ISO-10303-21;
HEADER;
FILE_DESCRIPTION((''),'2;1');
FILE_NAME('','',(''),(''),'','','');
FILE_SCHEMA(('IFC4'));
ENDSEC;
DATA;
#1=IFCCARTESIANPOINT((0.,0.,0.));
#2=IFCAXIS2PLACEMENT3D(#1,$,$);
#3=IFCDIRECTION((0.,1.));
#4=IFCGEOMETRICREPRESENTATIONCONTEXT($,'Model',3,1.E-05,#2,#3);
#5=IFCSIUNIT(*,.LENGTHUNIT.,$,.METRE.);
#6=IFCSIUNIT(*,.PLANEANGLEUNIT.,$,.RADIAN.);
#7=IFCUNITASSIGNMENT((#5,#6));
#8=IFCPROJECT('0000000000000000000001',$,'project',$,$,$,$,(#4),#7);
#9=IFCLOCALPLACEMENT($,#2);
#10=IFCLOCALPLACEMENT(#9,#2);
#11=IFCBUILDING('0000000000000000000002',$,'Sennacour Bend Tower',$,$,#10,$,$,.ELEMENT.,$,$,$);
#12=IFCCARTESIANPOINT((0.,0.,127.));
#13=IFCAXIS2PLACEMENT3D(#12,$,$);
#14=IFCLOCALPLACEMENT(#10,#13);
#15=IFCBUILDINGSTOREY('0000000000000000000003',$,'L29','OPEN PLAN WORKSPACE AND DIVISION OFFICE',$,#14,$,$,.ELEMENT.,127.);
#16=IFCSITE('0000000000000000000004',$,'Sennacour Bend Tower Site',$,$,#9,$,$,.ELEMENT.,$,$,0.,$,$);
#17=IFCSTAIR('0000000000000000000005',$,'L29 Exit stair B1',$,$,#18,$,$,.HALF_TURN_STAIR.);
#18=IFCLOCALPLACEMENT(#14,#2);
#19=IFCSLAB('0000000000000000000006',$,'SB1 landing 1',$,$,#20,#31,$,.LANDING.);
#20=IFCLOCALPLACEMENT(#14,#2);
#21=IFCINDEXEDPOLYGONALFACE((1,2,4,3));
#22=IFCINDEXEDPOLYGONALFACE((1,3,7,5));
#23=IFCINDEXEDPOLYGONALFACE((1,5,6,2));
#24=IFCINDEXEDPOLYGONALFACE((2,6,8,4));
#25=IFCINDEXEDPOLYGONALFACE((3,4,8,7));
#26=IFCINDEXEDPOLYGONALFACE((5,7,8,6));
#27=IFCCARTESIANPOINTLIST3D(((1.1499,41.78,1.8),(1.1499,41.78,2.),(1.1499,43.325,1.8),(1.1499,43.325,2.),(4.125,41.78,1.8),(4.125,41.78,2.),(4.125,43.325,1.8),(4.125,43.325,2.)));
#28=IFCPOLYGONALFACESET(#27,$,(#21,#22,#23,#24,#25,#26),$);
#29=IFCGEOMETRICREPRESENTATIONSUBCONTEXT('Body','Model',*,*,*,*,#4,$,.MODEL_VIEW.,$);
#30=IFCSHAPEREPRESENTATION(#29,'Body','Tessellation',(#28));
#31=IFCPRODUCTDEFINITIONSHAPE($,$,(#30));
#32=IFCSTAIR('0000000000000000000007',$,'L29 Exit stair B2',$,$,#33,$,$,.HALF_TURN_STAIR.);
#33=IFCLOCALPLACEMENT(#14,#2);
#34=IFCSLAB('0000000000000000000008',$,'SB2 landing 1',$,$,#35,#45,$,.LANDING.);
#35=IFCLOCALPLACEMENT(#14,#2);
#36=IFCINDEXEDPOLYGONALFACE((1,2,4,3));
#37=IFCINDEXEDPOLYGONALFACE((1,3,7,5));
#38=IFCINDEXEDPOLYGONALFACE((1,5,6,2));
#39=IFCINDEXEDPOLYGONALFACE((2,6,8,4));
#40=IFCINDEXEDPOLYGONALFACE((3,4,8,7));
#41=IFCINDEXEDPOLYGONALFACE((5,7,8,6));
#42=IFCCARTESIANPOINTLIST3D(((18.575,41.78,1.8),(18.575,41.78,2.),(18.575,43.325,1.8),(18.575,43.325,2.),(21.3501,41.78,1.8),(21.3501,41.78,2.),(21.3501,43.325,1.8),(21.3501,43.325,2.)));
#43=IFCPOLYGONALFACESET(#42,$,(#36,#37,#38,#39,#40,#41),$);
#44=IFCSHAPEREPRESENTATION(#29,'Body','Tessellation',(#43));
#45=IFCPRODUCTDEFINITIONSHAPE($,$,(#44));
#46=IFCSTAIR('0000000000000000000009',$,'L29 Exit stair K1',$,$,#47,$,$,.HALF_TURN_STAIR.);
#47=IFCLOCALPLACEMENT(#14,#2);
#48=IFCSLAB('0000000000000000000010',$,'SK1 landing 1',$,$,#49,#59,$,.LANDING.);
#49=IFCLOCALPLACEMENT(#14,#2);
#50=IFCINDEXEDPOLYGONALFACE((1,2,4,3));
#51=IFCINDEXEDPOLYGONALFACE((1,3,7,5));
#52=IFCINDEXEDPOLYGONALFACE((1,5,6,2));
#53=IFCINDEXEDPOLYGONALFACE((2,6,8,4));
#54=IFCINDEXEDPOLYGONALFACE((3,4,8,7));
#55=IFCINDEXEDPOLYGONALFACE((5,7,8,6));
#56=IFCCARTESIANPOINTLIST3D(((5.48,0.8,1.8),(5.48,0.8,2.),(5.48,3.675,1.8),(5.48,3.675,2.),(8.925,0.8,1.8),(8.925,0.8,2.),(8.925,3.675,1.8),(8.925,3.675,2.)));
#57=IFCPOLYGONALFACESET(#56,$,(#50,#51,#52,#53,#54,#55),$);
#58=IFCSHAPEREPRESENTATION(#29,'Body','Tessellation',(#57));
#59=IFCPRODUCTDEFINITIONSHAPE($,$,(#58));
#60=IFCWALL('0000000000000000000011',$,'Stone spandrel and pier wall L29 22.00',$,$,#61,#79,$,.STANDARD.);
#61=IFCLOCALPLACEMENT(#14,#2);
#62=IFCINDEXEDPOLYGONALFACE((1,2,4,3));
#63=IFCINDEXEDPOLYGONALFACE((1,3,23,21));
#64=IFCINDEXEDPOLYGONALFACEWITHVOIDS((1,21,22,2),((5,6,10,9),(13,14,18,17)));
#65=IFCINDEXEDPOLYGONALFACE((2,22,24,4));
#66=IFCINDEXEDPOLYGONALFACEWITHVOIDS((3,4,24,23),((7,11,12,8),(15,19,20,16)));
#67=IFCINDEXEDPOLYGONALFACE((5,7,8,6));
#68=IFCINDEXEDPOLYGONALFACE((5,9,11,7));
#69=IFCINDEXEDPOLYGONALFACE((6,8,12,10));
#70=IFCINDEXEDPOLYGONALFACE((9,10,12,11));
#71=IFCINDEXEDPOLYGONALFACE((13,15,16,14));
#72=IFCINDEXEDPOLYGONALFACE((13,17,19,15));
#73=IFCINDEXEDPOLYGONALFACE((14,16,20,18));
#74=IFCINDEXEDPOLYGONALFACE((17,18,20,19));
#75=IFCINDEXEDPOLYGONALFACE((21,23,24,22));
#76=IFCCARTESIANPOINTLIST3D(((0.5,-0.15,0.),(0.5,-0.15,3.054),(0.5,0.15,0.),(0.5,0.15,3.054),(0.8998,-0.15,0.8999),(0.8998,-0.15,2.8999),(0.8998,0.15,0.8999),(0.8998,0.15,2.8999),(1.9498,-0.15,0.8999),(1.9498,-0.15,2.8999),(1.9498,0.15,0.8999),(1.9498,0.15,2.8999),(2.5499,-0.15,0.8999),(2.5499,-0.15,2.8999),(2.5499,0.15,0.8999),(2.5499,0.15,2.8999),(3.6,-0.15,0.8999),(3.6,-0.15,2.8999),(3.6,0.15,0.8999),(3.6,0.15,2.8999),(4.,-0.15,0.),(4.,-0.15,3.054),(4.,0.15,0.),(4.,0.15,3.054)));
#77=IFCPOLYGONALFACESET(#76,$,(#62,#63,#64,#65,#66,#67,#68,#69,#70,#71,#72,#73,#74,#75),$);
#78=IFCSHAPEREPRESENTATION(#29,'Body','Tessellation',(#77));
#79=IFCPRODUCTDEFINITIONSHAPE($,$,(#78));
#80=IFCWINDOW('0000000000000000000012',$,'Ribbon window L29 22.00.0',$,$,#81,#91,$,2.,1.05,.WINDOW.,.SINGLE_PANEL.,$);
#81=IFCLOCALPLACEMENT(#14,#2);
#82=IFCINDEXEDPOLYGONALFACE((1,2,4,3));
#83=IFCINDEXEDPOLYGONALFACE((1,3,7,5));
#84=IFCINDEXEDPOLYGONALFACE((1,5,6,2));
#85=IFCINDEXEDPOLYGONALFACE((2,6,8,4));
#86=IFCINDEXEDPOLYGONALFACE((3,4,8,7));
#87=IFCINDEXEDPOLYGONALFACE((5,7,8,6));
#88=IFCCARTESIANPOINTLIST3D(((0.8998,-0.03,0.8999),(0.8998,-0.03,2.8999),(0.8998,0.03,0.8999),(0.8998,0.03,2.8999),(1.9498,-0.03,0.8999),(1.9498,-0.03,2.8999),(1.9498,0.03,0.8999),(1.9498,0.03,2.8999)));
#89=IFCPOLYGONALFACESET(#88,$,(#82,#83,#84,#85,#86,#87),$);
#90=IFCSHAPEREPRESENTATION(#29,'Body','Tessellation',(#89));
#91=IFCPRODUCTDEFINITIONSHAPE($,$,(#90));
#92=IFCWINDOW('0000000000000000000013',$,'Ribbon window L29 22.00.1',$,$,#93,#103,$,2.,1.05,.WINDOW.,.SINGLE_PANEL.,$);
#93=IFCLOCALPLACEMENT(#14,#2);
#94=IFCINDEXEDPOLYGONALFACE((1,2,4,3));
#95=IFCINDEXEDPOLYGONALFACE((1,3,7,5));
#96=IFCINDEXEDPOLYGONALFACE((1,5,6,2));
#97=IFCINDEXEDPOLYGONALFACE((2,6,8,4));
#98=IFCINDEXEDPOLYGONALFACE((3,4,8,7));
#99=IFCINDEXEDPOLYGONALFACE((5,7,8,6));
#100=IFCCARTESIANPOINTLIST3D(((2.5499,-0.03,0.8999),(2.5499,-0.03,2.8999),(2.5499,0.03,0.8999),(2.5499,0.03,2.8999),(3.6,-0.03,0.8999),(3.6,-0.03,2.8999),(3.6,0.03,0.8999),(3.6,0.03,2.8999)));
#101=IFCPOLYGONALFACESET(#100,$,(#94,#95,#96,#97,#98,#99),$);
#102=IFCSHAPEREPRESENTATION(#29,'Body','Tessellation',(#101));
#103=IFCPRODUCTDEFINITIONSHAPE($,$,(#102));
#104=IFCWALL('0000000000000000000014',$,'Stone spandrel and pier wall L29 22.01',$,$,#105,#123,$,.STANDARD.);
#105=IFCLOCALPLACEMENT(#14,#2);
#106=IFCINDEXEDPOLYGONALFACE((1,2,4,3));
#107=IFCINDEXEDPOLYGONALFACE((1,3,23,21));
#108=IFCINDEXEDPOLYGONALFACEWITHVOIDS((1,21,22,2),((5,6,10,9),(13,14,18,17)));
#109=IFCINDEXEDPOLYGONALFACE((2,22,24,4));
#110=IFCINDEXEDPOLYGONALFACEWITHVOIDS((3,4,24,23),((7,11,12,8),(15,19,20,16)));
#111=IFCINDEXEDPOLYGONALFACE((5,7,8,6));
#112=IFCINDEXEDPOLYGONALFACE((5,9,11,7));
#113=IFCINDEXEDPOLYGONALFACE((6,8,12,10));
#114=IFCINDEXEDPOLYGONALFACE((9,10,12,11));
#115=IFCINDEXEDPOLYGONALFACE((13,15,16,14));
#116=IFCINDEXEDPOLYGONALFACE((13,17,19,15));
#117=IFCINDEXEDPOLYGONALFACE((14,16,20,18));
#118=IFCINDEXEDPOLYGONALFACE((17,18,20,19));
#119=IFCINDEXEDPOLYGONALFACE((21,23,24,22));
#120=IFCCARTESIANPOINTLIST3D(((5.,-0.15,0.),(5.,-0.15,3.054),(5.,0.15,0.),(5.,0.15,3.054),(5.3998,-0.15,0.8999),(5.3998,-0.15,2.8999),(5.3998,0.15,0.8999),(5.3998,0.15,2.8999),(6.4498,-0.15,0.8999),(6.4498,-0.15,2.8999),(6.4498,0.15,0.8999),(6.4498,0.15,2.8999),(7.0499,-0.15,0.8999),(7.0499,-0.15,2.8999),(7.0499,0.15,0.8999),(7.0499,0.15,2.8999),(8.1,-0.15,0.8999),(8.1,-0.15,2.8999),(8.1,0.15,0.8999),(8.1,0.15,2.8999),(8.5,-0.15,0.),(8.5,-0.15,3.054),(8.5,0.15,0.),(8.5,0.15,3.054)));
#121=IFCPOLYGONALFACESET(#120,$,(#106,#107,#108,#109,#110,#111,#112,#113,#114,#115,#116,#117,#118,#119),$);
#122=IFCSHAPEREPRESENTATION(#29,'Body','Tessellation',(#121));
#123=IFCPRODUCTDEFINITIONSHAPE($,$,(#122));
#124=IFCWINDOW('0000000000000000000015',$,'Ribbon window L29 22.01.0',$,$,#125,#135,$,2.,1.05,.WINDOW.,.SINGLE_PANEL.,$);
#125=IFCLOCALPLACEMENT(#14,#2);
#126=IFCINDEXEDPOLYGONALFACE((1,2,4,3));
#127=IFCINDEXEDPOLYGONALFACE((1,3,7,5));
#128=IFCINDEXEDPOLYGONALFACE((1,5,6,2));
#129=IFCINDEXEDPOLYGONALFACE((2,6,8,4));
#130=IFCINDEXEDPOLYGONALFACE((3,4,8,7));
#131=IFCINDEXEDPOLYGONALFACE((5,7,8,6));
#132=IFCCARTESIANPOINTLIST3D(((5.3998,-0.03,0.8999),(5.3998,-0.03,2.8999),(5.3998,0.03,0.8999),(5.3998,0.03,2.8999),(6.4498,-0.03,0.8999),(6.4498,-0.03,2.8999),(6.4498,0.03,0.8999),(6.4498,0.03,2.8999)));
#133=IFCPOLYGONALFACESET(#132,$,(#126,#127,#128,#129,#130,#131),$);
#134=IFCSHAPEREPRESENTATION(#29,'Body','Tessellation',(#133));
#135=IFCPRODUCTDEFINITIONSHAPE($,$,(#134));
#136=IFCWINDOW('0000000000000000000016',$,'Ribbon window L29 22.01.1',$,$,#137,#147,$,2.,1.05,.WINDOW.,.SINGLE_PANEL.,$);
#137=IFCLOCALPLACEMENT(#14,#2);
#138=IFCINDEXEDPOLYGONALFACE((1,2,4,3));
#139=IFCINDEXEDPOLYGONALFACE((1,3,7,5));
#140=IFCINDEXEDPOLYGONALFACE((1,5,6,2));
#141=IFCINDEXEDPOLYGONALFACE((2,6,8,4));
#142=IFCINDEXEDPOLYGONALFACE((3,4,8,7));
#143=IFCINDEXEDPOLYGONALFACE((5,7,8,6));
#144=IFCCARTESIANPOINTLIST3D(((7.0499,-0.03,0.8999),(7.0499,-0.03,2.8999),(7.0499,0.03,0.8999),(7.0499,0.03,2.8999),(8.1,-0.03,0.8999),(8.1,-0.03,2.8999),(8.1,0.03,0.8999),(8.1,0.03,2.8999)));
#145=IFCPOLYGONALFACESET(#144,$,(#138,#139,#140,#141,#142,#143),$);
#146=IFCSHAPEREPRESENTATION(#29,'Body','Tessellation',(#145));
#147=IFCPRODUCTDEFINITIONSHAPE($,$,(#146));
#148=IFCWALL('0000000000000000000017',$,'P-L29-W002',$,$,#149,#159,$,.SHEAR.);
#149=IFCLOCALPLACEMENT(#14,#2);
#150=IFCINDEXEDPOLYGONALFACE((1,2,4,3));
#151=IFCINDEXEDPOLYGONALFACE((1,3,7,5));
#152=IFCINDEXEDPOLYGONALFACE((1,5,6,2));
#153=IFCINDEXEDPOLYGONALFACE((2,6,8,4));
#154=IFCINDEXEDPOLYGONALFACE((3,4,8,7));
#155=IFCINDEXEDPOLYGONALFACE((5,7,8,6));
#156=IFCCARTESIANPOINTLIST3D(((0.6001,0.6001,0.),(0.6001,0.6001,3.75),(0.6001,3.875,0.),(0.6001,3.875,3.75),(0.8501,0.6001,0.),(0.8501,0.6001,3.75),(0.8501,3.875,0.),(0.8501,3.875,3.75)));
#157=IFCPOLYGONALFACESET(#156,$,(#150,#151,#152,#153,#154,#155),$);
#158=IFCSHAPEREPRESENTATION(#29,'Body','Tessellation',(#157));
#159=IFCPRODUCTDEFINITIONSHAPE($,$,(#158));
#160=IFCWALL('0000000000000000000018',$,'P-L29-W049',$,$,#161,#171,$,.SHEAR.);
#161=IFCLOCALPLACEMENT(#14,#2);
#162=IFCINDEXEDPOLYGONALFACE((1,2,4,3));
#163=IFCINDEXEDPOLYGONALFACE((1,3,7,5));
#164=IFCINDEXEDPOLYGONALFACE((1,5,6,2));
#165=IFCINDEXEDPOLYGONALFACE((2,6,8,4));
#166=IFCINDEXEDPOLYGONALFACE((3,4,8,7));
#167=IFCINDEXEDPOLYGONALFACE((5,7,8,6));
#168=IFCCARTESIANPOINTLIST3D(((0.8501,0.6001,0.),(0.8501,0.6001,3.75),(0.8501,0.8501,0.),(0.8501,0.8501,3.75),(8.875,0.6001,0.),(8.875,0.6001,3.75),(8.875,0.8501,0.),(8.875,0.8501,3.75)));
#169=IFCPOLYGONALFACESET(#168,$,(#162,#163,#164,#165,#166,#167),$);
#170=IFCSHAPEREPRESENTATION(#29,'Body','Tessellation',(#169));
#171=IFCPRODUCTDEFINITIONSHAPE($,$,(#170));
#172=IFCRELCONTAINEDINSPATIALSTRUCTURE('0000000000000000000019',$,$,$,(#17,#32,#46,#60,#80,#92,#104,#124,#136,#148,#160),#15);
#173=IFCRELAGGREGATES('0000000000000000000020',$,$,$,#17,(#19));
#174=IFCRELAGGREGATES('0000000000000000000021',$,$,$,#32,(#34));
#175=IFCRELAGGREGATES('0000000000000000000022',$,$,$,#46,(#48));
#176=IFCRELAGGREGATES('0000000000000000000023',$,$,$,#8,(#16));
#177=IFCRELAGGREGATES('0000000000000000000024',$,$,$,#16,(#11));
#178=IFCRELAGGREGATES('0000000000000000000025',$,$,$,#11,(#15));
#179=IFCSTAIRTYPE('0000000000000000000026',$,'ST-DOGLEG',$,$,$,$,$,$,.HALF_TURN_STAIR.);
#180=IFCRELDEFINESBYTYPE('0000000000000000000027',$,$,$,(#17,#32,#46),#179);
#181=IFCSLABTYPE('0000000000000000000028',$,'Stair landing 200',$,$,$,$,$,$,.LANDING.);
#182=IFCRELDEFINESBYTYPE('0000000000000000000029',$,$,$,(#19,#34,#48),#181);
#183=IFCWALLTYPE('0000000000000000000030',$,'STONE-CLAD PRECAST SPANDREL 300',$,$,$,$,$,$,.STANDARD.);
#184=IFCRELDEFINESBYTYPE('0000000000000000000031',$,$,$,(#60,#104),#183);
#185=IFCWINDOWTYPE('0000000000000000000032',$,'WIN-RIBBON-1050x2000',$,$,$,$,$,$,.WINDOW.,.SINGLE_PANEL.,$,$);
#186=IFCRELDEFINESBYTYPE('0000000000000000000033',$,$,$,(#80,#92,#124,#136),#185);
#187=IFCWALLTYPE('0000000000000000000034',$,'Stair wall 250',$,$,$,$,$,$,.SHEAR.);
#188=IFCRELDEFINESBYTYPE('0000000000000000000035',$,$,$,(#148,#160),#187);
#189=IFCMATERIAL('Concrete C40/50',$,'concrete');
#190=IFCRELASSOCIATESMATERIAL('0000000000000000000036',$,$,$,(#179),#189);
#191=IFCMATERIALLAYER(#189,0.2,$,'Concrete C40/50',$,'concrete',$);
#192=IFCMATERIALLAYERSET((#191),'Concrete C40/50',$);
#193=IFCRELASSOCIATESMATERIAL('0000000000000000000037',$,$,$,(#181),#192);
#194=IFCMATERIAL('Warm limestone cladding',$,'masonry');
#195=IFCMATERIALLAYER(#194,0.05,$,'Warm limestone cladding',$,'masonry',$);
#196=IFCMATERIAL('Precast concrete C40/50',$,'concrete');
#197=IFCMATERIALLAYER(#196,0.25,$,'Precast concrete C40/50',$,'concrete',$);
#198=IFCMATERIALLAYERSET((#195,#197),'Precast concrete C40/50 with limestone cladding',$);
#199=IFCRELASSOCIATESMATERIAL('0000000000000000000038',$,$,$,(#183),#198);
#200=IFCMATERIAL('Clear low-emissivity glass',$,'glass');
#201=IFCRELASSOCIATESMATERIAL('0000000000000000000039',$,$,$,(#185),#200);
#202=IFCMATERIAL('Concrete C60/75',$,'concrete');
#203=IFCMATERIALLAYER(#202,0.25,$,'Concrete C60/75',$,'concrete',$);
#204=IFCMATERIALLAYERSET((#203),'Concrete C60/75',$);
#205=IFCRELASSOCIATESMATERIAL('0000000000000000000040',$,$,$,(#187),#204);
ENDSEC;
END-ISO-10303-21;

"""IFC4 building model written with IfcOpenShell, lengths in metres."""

from ifc_helpers import new_model, si_unit, direction, frame, frame_2d, origin, place, context, subcontext, project, spatial, polyline, rectangle, outline, extrude, material, layer, layer_set, type_object, element, fill, aggregate, save


model = new_model("IFC4")

# Units and contexts
model_context = context("Model", 3, precision=1e-05, world=origin(), true_north=direction((0.0, 1.0)))
body_context = subcontext(model_context, "Body", "Model", "MODEL_VIEW")
ifc_project = project(units=[si_unit("LENGTHUNIT", "METRE"), si_unit("PLANEANGLEUNIT", "RADIAN")], contexts=[model_context])

# Site, building, storey
site_placement = place(None, origin())
site = spatial("IfcSite", under=ifc_project, at=site_placement, Name="Sennacour Bend Tower Site", CompositionType="ELEMENT", RefElevation=0.0)
building_placement = place(site_placement, origin())
building = spatial("IfcBuilding", under=site, at=building_placement, Name="Sennacour Bend Tower", CompositionType="ELEMENT")
storey_placement = place(building_placement, frame((0.0, 0.0, 127.0)))
storey = spatial("IfcBuildingStorey", under=building, at=storey_placement, Name="L29", Description="OPEN PLAN WORKSPACE AND DIVISION OFFICE", CompositionType="ELEMENT", Elevation=127.0)

# Stairs, slabs
ifc_material_1 = material(Name="Concrete C40/50", Category="concrete")
stair_type = type_object("IfcStairType", Name="ST-DOGLEG", PredefinedType="HALF_TURN_STAIR", material=ifc_material_1)
ifc_layer_1 = layer(ifc_material_1, 0.2, Name="Concrete C40/50", Category="concrete")
ifc_layer_set_1 = layer_set([ifc_layer_1], Name="Concrete C40/50")
slab_type_1 = type_object("IfcSlabType", Name="Stair landing 200", PredefinedType="LANDING", material=ifc_layer_set_1)
stair_1_placement = place(storey_placement, origin())
stair_1 = element("IfcStair", 1, at=stair_1_placement, inside=storey, type_object=stair_type, Name="L29 Exit stair B1", PredefinedType="HALF_TURN_STAIR")
slab_1_placement = place(storey_placement, frame((0.0, 0.0, 1.8)))
slab_1 = element("IfcSlab", 2, at=slab_1_placement, type_object=slab_type_1, Name="SB1 landing 1", PredefinedType="LANDING", context=body_context, shape_type="SweptSolid", body=[
    extrude(outline(polyline([(1.1499, 41.78), (4.125, 41.78), (4.125, 43.325), (1.1499, 43.325), (1.1499, 41.78)])), origin(), (0.0, 0.0, 1.0), 0.2),
])
aggregate(stair_1, [slab_1])
stair_2_placement = place(storey_placement, origin())
stair_2 = element("IfcStair", 3, at=stair_2_placement, inside=storey, type_object=stair_type, Name="L29 Exit stair B2", PredefinedType="HALF_TURN_STAIR")
slab_2_placement = place(storey_placement, frame((0.0, 0.0, 1.8)))
slab_2 = element("IfcSlab", 4, at=slab_2_placement, type_object=slab_type_1, Name="SB2 landing 1", PredefinedType="LANDING", context=body_context, shape_type="SweptSolid", body=[
    extrude(outline(polyline([(18.575, 41.78), (21.3501, 41.78), (21.3501, 43.325), (18.575, 43.325), (18.575, 41.78)])), origin(), (0.0, 0.0, 1.0), 0.2),
])
aggregate(stair_2, [slab_2])
stair_3_placement = place(storey_placement, origin())
stair_3 = element("IfcStair", 5, at=stair_3_placement, inside=storey, type_object=stair_type, Name="L29 Exit stair K1", PredefinedType="HALF_TURN_STAIR")
slab_3_placement = place(storey_placement, frame((0.0, 0.0, 1.8)))
slab_3 = element("IfcSlab", 6, at=slab_3_placement, type_object=slab_type_1, Name="SK1 landing 1", PredefinedType="LANDING", context=body_context, shape_type="SweptSolid", body=[
    extrude(outline(polyline([(5.48, 0.8), (8.925, 0.8), (8.925, 3.675), (5.48, 3.675), (5.48, 0.8)])), origin(), (0.0, 0.0, 1.0), 0.2),
])

# Walls, openings, windows
ifc_material_2 = material(Name="Warm limestone cladding", Category="masonry")
ifc_layer_2 = layer(ifc_material_2, 0.05, Name="Warm limestone cladding", Category="masonry")
ifc_material_3 = material(Name="Precast concrete C40/50", Category="concrete")
ifc_layer_3 = layer(ifc_material_3, 0.25, Name="Precast concrete C40/50", Category="concrete")
ifc_layer_set_2 = layer_set([ifc_layer_2, ifc_layer_3], Name="Precast concrete C40/50 with limestone cladding")
wall_type_1 = type_object("IfcWallType", Name="STONE-CLAD PRECAST SPANDREL 300", PredefinedType="STANDARD", material=ifc_layer_set_2)
wall_1_placement = place(storey_placement, frame((0.5, 0.0, 0.0), z_axis=(0.0, 0.0, 1.0), x_axis=(1.0, 0.0, 0.0)))
wall_1 = element("IfcWall", 7, at=wall_1_placement, inside=storey, type_object=wall_type_1, Name="Stone spandrel and pier wall L29 22.00", PredefinedType="STANDARD", context=body_context, shape_type="SweptSolid", body=[
    extrude(rectangle(XDim=3.5, YDim=0.3, at=frame_2d((1.75, 0.0))), origin(), (0.0, 0.0, 1.0), 3.054),
])
opening_1_placement = place(wall_1_placement, frame((0.3999, 0.0, 0.8999)))
opening_1 = element("IfcOpeningElement", 8, at=opening_1_placement, cuts=wall_1, PredefinedType="OPENING", context=body_context, shape_type="SweptSolid", body=[
    extrude(rectangle(XDim=1.05, YDim=2.0, at=frame_2d((0.5249, 1.0))), frame((0.0, 0.1602, 0.0), z_axis=(0.0, -1.0, 0.0), x_axis=(1.0, 0.0, 0.0)), (0.0, 0.0, 1.0), 0.3201),
])
opening_2_placement = place(wall_1_placement, frame((2.05, 0.0, 0.8999)))
opening_2 = element("IfcOpeningElement", 9, at=opening_2_placement, cuts=wall_1, PredefinedType="OPENING", context=body_context, shape_type="SweptSolid", body=[
    extrude(rectangle(XDim=1.05, YDim=2.0, at=frame_2d((0.5249, 1.0))), frame((0.0, 0.1602, 0.0), z_axis=(0.0, -1.0, 0.0), x_axis=(1.0, 0.0, 0.0)), (0.0, 0.0, 1.0), 0.3201),
])
ifc_material_4 = material(Name="Clear low-emissivity glass", Category="glass")
window_type = type_object("IfcWindowType", Name="WIN-RIBBON-1050x2000", PartitioningType="SINGLE_PANEL", PredefinedType="WINDOW", material=ifc_material_4)
window_1_placement = place(opening_1_placement, origin())
window_1 = element("IfcWindow", 10, at=window_1_placement, inside=storey, type_object=window_type, Name="Ribbon window L29 22.00.0", OverallHeight=2.0, OverallWidth=1.05, PartitioningType="SINGLE_PANEL", PredefinedType="WINDOW", context=body_context, shape_type="SweptSolid", body=[
    extrude(rectangle(XDim=1.05, YDim=2.0, at=frame_2d((0.5249, 1.0))), frame((0.0, 0.03, 0.0), z_axis=(0.0, -1.0, 0.0), x_axis=(1.0, 0.0, 0.0)), (0.0, 0.0, 1.0), 0.0601),
])
fill(opening_1, window_1)
window_2_placement = place(opening_2_placement, origin())
window_2 = element("IfcWindow", 11, at=window_2_placement, inside=storey, type_object=window_type, Name="Ribbon window L29 22.00.1", OverallHeight=2.0, OverallWidth=1.05, PartitioningType="SINGLE_PANEL", PredefinedType="WINDOW", context=body_context, shape_type="SweptSolid", body=[
    extrude(rectangle(XDim=1.05, YDim=2.0, at=frame_2d((0.5249, 1.0))), frame((0.0, 0.03, 0.0), z_axis=(0.0, -1.0, 0.0), x_axis=(1.0, 0.0, 0.0)), (0.0, 0.0, 1.0), 0.0601),
])
fill(opening_2, window_2)
wall_2_placement = place(storey_placement, frame((5.0, 0.0, 0.0), z_axis=(0.0, 0.0, 1.0), x_axis=(1.0, 0.0, 0.0)))
wall_2 = element("IfcWall", 12, at=wall_2_placement, inside=storey, type_object=wall_type_1, Name="Stone spandrel and pier wall L29 22.01", PredefinedType="STANDARD", context=body_context, shape_type="SweptSolid", body=[
    extrude(rectangle(XDim=3.5, YDim=0.3, at=frame_2d((1.75, 0.0))), origin(), (0.0, 0.0, 1.0), 3.054),
])
opening_3_placement = place(wall_2_placement, frame((0.3999, 0.0, 0.8999)))
opening_3 = element("IfcOpeningElement", 13, at=opening_3_placement, cuts=wall_2, PredefinedType="OPENING", context=body_context, shape_type="SweptSolid", body=[
    extrude(rectangle(XDim=1.05, YDim=2.0, at=frame_2d((0.5249, 1.0))), frame((0.0, 0.1602, 0.0), z_axis=(0.0, -1.0, 0.0), x_axis=(1.0, 0.0, 0.0)), (0.0, 0.0, 1.0), 0.3201),
])
opening_4_placement = place(wall_2_placement, frame((2.05, 0.0, 0.8999)))
opening_4 = element("IfcOpeningElement", 14, at=opening_4_placement, cuts=wall_2, PredefinedType="OPENING", context=body_context, shape_type="SweptSolid", body=[
    extrude(rectangle(XDim=1.05, YDim=2.0, at=frame_2d((0.5249, 1.0))), frame((0.0, 0.1602, 0.0), z_axis=(0.0, -1.0, 0.0), x_axis=(1.0, 0.0, 0.0)), (0.0, 0.0, 1.0), 0.3201),
])
window_3_placement = place(opening_3_placement, origin())
window_3 = element("IfcWindow", 15, at=window_3_placement, inside=storey, type_object=window_type, Name="Ribbon window L29 22.01.0", OverallHeight=2.0, OverallWidth=1.05, PartitioningType="SINGLE_PANEL", PredefinedType="WINDOW", context=body_context, shape_type="SweptSolid", body=[
    extrude(rectangle(XDim=1.05, YDim=2.0, at=frame_2d((0.5249, 1.0))), frame((0.0, 0.03, 0.0), z_axis=(0.0, -1.0, 0.0), x_axis=(1.0, 0.0, 0.0)), (0.0, 0.0, 1.0), 0.0601),
])
fill(opening_3, window_3)
window_4_placement = place(opening_4_placement, origin())
window_4 = element("IfcWindow", 16, at=window_4_placement, inside=storey, type_object=window_type, Name="Ribbon window L29 22.01.1", OverallHeight=2.0, OverallWidth=1.05, PartitioningType="SINGLE_PANEL", PredefinedType="WINDOW", context=body_context, shape_type="SweptSolid", body=[
    extrude(rectangle(XDim=1.05, YDim=2.0, at=frame_2d((0.5249, 1.0))), frame((0.0, 0.03, 0.0), z_axis=(0.0, -1.0, 0.0), x_axis=(1.0, 0.0, 0.0)), (0.0, 0.0, 1.0), 0.0601),
])
fill(opening_4, window_4)

# Walls
ifc_material_5 = material(Name="Concrete C60/75", Category="concrete")
ifc_layer_4 = layer(ifc_material_5, 0.25, Name="Concrete C60/75", Category="concrete")
ifc_layer_set_3 = layer_set([ifc_layer_4], Name="Concrete C60/75")
wall_type_2 = type_object("IfcWallType", Name="Stair wall 250", PredefinedType="SHEAR", material=ifc_layer_set_3)
wall_3_placement = place(storey_placement, frame((0.7251, 0.6001, 0.0), z_axis=(0.0, 0.0, 1.0), x_axis=(0.0, 1.0, 0.0)))
element("IfcWall", 17, at=wall_3_placement, inside=storey, type_object=wall_type_2, Name="P-L29-W002", PredefinedType="SHEAR", context=body_context, shape_type="SweptSolid", body=[
    extrude(rectangle(XDim=3.2749, YDim=0.25, at=frame_2d((1.6375, 0.0))), origin(), (0.0, 0.0, 1.0), 3.75),
])
wall_4_placement = place(storey_placement, frame((0.8501, 0.7251, 0.0), z_axis=(0.0, 0.0, 1.0), x_axis=(1.0, 0.0, 0.0)))
element("IfcWall", 18, at=wall_4_placement, inside=storey, type_object=wall_type_2, Name="P-L29-W049", PredefinedType="SHEAR", context=body_context, shape_type="SweptSolid", body=[
    extrude(rectangle(XDim=8.0249, YDim=0.25, at=frame_2d((4.0125, 0.0))), origin(), (0.0, 0.0, 1.0), 3.75),
])

aggregate(stair_3, [slab_3])

save(model, "model.ifc")
